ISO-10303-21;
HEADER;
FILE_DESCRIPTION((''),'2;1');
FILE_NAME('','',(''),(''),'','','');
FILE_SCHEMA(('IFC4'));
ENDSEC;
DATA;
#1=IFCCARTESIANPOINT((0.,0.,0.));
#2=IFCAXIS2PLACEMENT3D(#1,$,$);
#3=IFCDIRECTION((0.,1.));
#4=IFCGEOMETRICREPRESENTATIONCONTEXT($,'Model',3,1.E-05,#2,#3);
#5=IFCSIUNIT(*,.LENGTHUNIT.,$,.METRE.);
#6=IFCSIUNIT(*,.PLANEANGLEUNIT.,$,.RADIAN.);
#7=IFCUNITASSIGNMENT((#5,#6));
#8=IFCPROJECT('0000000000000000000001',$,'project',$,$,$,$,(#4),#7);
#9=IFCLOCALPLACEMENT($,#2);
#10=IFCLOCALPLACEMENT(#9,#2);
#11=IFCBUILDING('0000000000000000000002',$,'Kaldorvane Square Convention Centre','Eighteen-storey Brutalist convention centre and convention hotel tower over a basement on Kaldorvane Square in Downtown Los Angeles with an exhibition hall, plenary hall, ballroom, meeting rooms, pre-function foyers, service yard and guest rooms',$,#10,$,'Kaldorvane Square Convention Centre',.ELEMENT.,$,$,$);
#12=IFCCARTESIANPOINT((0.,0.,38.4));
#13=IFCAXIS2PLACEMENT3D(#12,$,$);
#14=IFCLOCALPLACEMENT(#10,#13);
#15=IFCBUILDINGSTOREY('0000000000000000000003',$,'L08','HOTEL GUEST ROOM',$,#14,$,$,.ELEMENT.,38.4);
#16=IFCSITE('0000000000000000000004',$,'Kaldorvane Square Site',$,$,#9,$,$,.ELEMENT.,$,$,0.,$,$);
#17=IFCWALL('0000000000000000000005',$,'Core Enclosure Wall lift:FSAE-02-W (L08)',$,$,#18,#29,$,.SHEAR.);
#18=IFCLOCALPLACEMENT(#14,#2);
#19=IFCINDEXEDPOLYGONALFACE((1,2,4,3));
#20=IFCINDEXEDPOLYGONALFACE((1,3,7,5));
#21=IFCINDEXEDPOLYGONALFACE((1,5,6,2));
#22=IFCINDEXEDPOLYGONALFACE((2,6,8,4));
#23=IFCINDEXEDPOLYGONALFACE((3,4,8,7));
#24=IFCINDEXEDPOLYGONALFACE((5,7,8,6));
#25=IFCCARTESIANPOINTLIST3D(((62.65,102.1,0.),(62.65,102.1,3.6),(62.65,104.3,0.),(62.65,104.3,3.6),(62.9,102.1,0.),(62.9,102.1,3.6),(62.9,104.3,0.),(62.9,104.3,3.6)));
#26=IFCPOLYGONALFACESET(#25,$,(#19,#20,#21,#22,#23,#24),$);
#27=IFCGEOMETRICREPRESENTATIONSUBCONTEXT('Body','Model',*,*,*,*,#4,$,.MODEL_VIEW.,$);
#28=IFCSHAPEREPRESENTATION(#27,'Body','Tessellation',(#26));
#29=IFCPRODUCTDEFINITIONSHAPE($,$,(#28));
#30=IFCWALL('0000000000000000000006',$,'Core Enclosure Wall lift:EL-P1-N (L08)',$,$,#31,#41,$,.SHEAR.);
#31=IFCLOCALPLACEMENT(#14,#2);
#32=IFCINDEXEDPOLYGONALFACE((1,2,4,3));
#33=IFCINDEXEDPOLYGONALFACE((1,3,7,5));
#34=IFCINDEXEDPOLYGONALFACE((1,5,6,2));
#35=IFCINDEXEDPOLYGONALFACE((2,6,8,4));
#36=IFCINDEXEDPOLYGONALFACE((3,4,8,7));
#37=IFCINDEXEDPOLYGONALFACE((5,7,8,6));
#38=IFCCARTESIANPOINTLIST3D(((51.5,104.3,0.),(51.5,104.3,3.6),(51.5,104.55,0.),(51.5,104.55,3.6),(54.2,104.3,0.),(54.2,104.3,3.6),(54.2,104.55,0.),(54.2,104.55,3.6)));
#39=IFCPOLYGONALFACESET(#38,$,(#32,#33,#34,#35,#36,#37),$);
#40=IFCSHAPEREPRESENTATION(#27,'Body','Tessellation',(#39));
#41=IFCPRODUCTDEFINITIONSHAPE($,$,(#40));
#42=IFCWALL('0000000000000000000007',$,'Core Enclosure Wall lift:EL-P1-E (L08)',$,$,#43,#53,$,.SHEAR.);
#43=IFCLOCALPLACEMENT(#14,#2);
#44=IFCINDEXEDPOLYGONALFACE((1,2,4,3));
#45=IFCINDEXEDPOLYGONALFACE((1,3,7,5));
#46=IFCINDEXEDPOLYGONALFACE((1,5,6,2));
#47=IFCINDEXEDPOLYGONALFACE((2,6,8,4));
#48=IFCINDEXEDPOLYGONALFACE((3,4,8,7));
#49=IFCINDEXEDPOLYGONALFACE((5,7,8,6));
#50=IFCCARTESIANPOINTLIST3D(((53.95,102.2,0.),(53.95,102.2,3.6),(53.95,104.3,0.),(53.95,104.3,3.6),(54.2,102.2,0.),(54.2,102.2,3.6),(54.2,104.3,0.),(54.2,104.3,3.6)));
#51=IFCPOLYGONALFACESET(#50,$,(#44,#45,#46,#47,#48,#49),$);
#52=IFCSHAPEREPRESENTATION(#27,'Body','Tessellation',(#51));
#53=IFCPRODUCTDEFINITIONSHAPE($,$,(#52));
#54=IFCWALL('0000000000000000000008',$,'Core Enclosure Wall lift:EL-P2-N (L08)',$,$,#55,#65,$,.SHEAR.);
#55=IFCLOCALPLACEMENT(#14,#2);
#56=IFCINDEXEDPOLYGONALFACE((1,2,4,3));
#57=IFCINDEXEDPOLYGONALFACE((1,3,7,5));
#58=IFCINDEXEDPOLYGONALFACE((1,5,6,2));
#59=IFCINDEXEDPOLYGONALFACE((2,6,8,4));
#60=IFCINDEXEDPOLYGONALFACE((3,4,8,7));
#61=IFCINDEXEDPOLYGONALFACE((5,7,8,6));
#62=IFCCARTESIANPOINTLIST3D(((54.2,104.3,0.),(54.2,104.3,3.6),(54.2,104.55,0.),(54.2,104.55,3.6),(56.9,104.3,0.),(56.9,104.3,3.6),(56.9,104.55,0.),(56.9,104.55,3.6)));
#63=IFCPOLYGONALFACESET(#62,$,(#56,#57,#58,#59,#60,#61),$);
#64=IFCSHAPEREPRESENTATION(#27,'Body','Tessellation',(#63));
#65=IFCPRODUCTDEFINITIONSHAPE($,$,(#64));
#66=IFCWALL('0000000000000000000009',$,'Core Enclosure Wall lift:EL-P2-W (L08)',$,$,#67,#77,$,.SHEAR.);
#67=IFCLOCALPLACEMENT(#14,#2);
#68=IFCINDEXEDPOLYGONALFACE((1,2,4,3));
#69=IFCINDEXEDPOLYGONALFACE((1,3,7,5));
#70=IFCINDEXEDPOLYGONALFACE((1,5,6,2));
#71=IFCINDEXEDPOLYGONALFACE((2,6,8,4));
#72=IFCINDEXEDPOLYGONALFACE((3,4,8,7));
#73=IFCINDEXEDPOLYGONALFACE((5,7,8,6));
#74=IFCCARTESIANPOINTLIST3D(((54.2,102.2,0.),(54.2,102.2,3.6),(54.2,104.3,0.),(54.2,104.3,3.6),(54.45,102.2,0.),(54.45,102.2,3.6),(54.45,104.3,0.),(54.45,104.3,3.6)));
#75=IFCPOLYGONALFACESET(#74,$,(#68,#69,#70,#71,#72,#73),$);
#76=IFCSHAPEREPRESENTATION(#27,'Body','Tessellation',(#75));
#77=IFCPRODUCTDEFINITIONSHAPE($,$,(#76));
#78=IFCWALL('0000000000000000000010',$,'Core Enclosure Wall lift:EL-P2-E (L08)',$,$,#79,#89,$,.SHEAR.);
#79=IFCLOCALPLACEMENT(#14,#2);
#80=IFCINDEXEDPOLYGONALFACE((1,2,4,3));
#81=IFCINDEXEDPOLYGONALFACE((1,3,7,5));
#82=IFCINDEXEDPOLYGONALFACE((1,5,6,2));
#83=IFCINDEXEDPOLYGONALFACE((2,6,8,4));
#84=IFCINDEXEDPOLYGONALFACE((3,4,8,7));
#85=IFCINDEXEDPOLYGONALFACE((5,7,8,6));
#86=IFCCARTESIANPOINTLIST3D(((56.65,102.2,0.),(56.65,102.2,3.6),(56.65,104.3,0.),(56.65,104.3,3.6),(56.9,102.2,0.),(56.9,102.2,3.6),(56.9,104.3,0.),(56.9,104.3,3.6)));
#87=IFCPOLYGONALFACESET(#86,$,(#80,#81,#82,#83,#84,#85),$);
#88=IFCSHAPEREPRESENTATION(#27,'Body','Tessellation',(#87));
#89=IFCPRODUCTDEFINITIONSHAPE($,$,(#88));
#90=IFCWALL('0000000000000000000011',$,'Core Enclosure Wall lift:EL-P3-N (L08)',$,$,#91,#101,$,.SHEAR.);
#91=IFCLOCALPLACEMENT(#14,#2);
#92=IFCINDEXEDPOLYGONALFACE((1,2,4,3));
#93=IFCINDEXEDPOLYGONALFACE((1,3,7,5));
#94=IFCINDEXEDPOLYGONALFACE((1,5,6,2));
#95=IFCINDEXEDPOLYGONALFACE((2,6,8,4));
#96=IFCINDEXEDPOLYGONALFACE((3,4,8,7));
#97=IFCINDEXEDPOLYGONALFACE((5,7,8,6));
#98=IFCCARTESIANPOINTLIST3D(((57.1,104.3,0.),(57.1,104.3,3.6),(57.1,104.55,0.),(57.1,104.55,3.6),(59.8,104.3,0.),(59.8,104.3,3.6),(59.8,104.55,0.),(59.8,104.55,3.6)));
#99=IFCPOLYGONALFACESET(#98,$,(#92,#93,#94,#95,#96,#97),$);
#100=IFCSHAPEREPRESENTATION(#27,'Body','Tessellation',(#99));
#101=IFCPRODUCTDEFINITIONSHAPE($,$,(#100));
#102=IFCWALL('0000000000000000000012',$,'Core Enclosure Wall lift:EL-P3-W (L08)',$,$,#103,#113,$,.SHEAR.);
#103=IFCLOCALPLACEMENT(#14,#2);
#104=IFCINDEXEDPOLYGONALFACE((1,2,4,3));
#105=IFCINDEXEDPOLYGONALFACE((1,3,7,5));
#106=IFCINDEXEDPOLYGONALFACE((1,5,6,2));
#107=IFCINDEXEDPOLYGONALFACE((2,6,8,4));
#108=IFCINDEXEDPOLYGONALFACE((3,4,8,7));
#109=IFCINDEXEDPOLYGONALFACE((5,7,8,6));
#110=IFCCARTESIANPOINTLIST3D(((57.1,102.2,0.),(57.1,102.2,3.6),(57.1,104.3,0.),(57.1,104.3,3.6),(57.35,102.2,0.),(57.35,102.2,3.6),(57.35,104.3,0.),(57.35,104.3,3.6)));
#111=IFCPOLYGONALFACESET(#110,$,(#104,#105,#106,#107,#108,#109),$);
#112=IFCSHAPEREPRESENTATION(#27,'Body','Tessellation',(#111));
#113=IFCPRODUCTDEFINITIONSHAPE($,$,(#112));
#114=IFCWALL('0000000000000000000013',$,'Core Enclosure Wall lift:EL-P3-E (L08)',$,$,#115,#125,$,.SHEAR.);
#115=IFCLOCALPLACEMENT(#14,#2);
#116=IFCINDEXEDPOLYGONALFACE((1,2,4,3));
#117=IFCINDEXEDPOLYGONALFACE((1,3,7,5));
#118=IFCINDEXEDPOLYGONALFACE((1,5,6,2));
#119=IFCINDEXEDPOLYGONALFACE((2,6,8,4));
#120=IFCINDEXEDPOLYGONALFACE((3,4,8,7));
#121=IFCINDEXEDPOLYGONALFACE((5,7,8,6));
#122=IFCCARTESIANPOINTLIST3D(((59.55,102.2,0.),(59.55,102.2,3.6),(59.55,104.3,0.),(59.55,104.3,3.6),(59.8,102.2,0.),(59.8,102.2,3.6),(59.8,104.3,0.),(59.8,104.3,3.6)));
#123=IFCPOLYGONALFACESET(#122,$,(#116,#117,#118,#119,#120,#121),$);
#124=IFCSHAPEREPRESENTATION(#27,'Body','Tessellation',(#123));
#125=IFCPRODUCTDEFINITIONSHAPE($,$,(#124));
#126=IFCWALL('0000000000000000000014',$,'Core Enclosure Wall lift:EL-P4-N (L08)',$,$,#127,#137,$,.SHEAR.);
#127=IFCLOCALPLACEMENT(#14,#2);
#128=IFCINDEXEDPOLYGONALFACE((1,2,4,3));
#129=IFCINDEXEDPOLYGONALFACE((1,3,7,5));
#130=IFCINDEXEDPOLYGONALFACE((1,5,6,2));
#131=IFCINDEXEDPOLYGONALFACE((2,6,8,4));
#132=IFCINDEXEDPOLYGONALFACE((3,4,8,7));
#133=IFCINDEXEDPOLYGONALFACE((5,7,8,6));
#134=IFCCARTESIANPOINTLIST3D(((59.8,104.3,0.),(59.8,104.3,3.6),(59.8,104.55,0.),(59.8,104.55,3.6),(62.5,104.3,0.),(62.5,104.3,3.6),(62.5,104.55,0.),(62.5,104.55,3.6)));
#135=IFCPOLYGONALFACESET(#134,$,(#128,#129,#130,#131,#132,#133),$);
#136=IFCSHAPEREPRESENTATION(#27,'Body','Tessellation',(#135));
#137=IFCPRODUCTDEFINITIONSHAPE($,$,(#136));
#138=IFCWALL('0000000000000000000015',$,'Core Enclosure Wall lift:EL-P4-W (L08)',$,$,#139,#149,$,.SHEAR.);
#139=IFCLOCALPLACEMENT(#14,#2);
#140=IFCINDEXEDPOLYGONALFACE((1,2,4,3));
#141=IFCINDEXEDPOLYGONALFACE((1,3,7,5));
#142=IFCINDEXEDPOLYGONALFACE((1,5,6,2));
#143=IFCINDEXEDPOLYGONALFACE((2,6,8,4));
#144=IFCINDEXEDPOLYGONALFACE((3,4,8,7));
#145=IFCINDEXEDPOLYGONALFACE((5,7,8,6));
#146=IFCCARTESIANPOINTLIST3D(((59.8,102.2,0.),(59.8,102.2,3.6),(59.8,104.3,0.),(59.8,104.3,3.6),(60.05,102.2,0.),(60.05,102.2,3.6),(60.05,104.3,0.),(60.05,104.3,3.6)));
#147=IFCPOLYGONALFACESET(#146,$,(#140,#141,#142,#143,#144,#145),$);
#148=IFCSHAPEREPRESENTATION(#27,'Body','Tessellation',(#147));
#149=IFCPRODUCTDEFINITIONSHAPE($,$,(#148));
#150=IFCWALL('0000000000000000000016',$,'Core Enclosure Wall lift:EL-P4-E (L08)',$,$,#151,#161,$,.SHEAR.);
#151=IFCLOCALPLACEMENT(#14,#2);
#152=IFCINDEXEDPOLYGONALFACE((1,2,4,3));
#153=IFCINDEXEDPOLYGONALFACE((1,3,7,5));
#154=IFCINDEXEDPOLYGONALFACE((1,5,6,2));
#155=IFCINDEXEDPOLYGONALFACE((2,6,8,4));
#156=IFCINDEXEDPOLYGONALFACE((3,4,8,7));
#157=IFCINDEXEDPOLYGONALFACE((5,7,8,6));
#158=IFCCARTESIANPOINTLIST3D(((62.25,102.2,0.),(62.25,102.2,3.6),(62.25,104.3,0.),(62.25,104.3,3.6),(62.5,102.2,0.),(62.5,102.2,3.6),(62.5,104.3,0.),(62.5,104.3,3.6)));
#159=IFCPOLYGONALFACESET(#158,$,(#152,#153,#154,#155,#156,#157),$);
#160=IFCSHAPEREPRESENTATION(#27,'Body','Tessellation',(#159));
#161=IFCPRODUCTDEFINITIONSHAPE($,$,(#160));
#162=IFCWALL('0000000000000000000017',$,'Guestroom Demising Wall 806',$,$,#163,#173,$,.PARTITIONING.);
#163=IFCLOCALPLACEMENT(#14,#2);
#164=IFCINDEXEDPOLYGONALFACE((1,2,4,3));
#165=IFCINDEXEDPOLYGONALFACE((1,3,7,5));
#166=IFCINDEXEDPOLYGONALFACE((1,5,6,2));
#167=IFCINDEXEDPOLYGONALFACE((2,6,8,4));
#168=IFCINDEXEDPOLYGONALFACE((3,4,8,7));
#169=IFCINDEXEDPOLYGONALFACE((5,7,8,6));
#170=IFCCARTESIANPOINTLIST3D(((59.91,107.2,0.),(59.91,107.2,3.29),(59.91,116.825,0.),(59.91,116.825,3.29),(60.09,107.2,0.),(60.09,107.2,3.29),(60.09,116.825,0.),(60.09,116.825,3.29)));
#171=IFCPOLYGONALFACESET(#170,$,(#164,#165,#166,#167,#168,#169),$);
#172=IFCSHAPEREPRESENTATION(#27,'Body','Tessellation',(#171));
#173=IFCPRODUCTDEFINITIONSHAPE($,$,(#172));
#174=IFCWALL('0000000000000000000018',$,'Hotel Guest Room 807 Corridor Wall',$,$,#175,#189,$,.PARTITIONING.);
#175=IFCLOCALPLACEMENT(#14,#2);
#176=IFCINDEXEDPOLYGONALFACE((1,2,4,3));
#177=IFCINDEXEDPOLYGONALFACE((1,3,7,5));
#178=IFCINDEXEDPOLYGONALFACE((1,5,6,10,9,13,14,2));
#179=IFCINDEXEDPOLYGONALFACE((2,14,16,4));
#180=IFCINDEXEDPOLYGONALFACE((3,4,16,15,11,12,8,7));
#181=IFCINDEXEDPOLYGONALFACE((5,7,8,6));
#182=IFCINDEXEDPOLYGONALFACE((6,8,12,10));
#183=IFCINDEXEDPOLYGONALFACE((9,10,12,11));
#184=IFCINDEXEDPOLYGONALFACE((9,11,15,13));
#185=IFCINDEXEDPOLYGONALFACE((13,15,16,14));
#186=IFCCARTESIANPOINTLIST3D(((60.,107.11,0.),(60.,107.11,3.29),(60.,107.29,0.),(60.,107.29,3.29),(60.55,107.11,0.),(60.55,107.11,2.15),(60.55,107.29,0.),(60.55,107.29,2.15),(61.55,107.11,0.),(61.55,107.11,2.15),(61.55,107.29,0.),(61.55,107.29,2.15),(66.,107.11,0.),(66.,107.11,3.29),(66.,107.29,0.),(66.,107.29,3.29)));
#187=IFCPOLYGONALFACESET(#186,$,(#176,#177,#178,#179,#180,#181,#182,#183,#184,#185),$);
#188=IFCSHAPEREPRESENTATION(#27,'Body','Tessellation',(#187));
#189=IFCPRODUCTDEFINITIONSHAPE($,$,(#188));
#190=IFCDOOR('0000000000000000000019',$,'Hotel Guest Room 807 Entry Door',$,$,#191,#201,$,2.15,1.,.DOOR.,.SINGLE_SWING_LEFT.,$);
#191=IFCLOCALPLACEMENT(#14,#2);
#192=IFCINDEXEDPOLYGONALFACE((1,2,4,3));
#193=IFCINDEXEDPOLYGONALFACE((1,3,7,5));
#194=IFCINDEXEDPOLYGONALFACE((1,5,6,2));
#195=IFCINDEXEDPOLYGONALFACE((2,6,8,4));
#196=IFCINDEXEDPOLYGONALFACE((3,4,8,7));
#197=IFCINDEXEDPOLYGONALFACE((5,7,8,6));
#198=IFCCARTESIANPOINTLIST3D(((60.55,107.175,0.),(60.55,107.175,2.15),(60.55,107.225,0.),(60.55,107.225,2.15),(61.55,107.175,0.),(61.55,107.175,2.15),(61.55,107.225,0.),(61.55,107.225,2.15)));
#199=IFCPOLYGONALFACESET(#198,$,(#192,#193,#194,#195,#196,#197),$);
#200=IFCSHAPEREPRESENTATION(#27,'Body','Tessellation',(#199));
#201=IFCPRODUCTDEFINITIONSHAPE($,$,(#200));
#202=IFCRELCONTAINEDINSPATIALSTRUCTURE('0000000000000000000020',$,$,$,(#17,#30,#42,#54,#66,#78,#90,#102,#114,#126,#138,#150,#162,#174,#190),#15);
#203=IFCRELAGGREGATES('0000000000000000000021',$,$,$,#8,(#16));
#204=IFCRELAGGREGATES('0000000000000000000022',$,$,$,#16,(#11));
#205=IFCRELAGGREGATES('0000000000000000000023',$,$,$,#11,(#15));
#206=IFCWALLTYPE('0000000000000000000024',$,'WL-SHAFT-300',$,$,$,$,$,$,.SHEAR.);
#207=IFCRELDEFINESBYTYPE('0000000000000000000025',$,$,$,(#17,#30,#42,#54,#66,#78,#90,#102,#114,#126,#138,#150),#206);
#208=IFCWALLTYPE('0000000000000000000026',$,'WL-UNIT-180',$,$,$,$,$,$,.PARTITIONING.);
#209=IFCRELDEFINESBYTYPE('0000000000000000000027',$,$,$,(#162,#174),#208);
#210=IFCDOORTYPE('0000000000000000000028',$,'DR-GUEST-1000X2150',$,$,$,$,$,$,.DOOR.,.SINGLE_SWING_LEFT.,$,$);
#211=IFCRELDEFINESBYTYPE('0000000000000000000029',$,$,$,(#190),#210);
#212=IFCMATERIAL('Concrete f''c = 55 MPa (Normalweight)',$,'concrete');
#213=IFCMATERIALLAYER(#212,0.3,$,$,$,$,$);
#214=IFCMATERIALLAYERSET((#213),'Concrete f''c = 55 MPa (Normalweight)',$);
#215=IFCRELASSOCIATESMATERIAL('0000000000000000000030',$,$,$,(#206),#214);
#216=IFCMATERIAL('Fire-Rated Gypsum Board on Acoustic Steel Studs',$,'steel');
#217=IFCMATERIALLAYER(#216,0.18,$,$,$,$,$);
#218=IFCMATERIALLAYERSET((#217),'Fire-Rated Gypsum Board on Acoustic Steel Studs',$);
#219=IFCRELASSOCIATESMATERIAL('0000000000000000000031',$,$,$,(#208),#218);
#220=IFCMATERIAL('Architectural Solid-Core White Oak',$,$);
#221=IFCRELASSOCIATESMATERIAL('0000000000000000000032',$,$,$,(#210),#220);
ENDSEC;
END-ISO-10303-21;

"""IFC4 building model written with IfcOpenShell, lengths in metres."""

from ifc_helpers import new_model, si_unit, direction, frame, frame_2d, origin, place, context, subcontext, project, spatial, rectangle, extrude, material, layer, layer_set, type_object, element, fill, save


model = new_model("IFC4")

# Units and contexts
model_context = context("Model", 3, precision=1e-05, world=origin(), true_north=direction((0.0, 1.0)))
body_context = subcontext(model_context, "Body", "Model", "MODEL_VIEW")
ifc_project = project(units=[si_unit("LENGTHUNIT", "METRE"), si_unit("PLANEANGLEUNIT", "RADIAN")], contexts=[model_context])

# Site, building, storey
site_placement = place(None, origin())
site = spatial("IfcSite", under=ifc_project, at=site_placement, Name="Kaldorvane Square Site", CompositionType="ELEMENT", RefElevation=0.0)
building_placement = place(site_placement, origin())
building = spatial("IfcBuilding", under=site, at=building_placement, Name="Kaldorvane Square Convention Centre", Description="Eighteen-storey Brutalist convention centre and convention hotel tower over a basement on Kaldorvane Square in Downtown Los Angeles with an exhibition hall, plenary hall, ballroom, meeting rooms, pre-function foyers, service yard and guest rooms", LongName="Kaldorvane Square Convention Centre", CompositionType="ELEMENT")
storey_placement = place(building_placement, frame((0.0, 0.0, 38.4)))
storey = spatial("IfcBuildingStorey", under=building, at=storey_placement, Name="L08", Description="HOTEL GUEST ROOM", CompositionType="ELEMENT", Elevation=38.4)

# Shared definitions
ifc_material_1 = material(Name="Fire-Rated Gypsum Board on Acoustic Steel Studs", Category="steel")
ifc_material_2 = material(Name="Architectural Solid-Core White Oak")

# Walls
ifc_material_3 = material(Name="Concrete f'c = 55 MPa (Normalweight)", Category="concrete")
ifc_layer_1 = layer(ifc_material_3, 0.3)
ifc_layer_set_1 = layer_set([ifc_layer_1], Name="Concrete f'c = 55 MPa (Normalweight)")
wall_type_1 = type_object("IfcWallType", Name="WL-SHAFT-300", PredefinedType="SHEAR", material=ifc_layer_set_1)
wall_1_placement = place(storey_placement, frame((62.775, 104.3, 0.0), z_axis=(0.0, 0.0, 1.0), x_axis=(0.0, -1.0, 0.0)))
element("IfcWall", 1, at=wall_1_placement, inside=storey, type_object=wall_type_1, Name="Core Enclosure Wall lift:FSAE-02-W (L08)", PredefinedType="SHEAR", context=body_context, shape_type="SweptSolid", body=[
    extrude(rectangle(XDim=2.2, YDim=0.25, at=frame_2d((1.1, 0.0))), origin(), (0.0, 0.0, 1.0), 3.6),
])
wall_2_placement = place(storey_placement, frame((54.2, 104.425, 0.0), z_axis=(0.0, 0.0, 1.0), x_axis=(-1.0, 0.0, 0.0)))
element("IfcWall", 2, at=wall_2_placement, inside=storey, type_object=wall_type_1, Name="Core Enclosure Wall lift:EL-P1-N (L08)", PredefinedType="SHEAR", context=body_context, shape_type="SweptSolid", body=[
    extrude(rectangle(XDim=2.7, YDim=0.25, at=frame_2d((1.35, 0.0))), origin(), (0.0, 0.0, 1.0), 3.6),
])
wall_3_placement = place(storey_placement, frame((54.075, 102.2, 0.0), z_axis=(0.0, 0.0, 1.0), x_axis=(0.0, 1.0, 0.0)))
element("IfcWall", 3, at=wall_3_placement, inside=storey, type_object=wall_type_1, Name="Core Enclosure Wall lift:EL-P1-E (L08)", PredefinedType="SHEAR", context=body_context, shape_type="SweptSolid", body=[
    extrude(rectangle(XDim=2.1, YDim=0.25, at=frame_2d((1.05, 0.0))), origin(), (0.0, 0.0, 1.0), 3.6),
])
wall_4_placement = place(storey_placement, frame((56.9, 104.425, 0.0), z_axis=(0.0, 0.0, 1.0), x_axis=(-1.0, 0.0, 0.0)))
element("IfcWall", 4, at=wall_4_placement, inside=storey, type_object=wall_type_1, Name="Core Enclosure Wall lift:EL-P2-N (L08)", PredefinedType="SHEAR", context=body_context, shape_type="SweptSolid", body=[
    extrude(rectangle(XDim=2.7, YDim=0.25, at=frame_2d((1.35, 0.0))), origin(), (0.0, 0.0, 1.0), 3.6),
])
for number, where, z_axis, x_axis, name in (
    (5, (54.325, 104.3, 0.0), (0.0, 0.0, 1.0), (0.0, -1.0, 0.0), "Core Enclosure Wall lift:EL-P2-W (L08)"),
    (6, (56.775, 102.2, 0.0), (0.0, 0.0, 1.0), (0.0, 1.0, 0.0), "Core Enclosure Wall lift:EL-P2-E (L08)"),
):
    element("IfcWall", number, at=place(storey_placement, frame(where, z_axis=z_axis, x_axis=x_axis)), inside=storey, type_object=wall_type_1, Name=name, PredefinedType="SHEAR", context=body_context, shape_type="SweptSolid", body=[
        extrude(rectangle(XDim=2.1, YDim=0.25, at=frame_2d((1.05, 0.0))), origin(), (0.0, 0.0, 1.0), 3.6),
    ])
wall_5_placement = place(storey_placement, frame((59.8, 104.425, 0.0), z_axis=(0.0, 0.0, 1.0), x_axis=(-1.0, 0.0, 0.0)))
element("IfcWall", 7, at=wall_5_placement, inside=storey, type_object=wall_type_1, Name="Core Enclosure Wall lift:EL-P3-N (L08)", PredefinedType="SHEAR", context=body_context, shape_type="SweptSolid", body=[
    extrude(rectangle(XDim=2.7, YDim=0.25, at=frame_2d((1.35, 0.0))), origin(), (0.0, 0.0, 1.0), 3.6),
])
for number, where, z_axis, x_axis, name in (
    (8, (57.225, 104.3, 0.0), (0.0, 0.0, 1.0), (0.0, -1.0, 0.0), "Core Enclosure Wall lift:EL-P3-W (L08)"),
    (9, (59.675, 102.2, 0.0), (0.0, 0.0, 1.0), (0.0, 1.0, 0.0), "Core Enclosure Wall lift:EL-P3-E (L08)"),
):
    element("IfcWall", number, at=place(storey_placement, frame(where, z_axis=z_axis, x_axis=x_axis)), inside=storey, type_object=wall_type_1, Name=name, PredefinedType="SHEAR", context=body_context, shape_type="SweptSolid", body=[
        extrude(rectangle(XDim=2.1, YDim=0.25, at=frame_2d((1.05, 0.0))), origin(), (0.0, 0.0, 1.0), 3.6),
    ])
wall_6_placement = place(storey_placement, frame((62.5, 104.425, 0.0), z_axis=(0.0, 0.0, 1.0), x_axis=(-1.0, 0.0, 0.0)))
element("IfcWall", 10, at=wall_6_placement, inside=storey, type_object=wall_type_1, Name="Core Enclosure Wall lift:EL-P4-N (L08)", PredefinedType="SHEAR", context=body_context, shape_type="SweptSolid", body=[
    extrude(rectangle(XDim=2.7, YDim=0.25, at=frame_2d((1.35, 0.0))), origin(), (0.0, 0.0, 1.0), 3.6),
])
for number, where, z_axis, x_axis, name in (
    (11, (59.925, 104.3, 0.0), (0.0, 0.0, 1.0), (0.0, -1.0, 0.0), "Core Enclosure Wall lift:EL-P4-W (L08)"),
    (12, (62.375, 102.2, 0.0), (0.0, 0.0, 1.0), (0.0, 1.0, 0.0), "Core Enclosure Wall lift:EL-P4-E (L08)"),
):
    element("IfcWall", number, at=place(storey_placement, frame(where, z_axis=z_axis, x_axis=x_axis)), inside=storey, type_object=wall_type_1, Name=name, PredefinedType="SHEAR", context=body_context, shape_type="SweptSolid", body=[
        extrude(rectangle(XDim=2.1, YDim=0.25, at=frame_2d((1.05, 0.0))), origin(), (0.0, 0.0, 1.0), 3.6),
    ])
ifc_layer_2 = layer(ifc_material_1, 0.18)
ifc_layer_set_2 = layer_set([ifc_layer_2], Name="Fire-Rated Gypsum Board on Acoustic Steel Studs")
wall_type_2 = type_object("IfcWallType", Name="WL-UNIT-180", PredefinedType="PARTITIONING", material=ifc_layer_set_2)
wall_7_placement = place(storey_placement, frame((60.0, 107.2, 0.0), z_axis=(0.0, 0.0, 1.0), x_axis=(0.0, 1.0, 0.0)))
element("IfcWall", 13, at=wall_7_placement, inside=storey, type_object=wall_type_2, Name="Guestroom Demising Wall 806", PredefinedType="PARTITIONING", context=body_context, shape_type="SweptSolid", body=[
    extrude(rectangle(XDim=9.625, YDim=0.18, at=frame_2d((4.8125, 0.0))), origin(), (0.0, 0.0, 1.0), 3.29),
])

# Wall, opening, door
wall_8_placement = place(storey_placement, frame((60.0, 107.2, 0.0), z_axis=(0.0, 0.0, 1.0), x_axis=(1.0, 0.0, 0.0)))
wall_8 = element("IfcWall", 14, at=wall_8_placement, inside=storey, type_object=wall_type_2, Name="Hotel Guest Room 807 Corridor Wall", PredefinedType="PARTITIONING", context=body_context, shape_type="SweptSolid", body=[
    extrude(rectangle(XDim=6.0, YDim=0.18, at=frame_2d((3.0, 0.0))), origin(), (0.0, 0.0, 1.0), 3.29),
])
opening_1_placement = place(wall_8_placement, frame((0.55, 0.0, 0.0)))
opening_1 = element("IfcOpeningElement", 15, at=opening_1_placement, cuts=wall_8, PredefinedType="OPENING", context=body_context, shape_type="SweptSolid", body=[
    extrude(rectangle(XDim=1.0, YDim=2.15, at=frame_2d((0.5, 1.075))), frame((0.0, 0.105, 0.0), z_axis=(0.0, -1.0, 0.0), x_axis=(1.0, 0.0, 0.0)), (0.0, 0.0, 1.0), 0.21),
])
door_type_1 = type_object("IfcDoorType", Name="DR-GUEST-1000X2150", OperationType="SINGLE_SWING_LEFT", PredefinedType="DOOR", material=ifc_material_2)
door_1_placement = place(opening_1_placement, origin())
door_1 = element("IfcDoor", 16, at=door_1_placement, inside=storey, type_object=door_type_1, Name="Hotel Guest Room 807 Entry Door", OperationType="SINGLE_SWING_LEFT", OverallHeight=2.15, OverallWidth=1.0, PredefinedType="DOOR", context=body_context, shape_type="SweptSolid", body=[
    extrude(rectangle(XDim=1.0, YDim=2.15, at=frame_2d((0.5, 1.075))), frame((0.0, 0.025, 0.0), z_axis=(0.0, -1.0, 0.0), x_axis=(1.0, 0.0, 0.0)), (0.0, 0.0, 1.0), 0.05),
])
fill(opening_1, door_1)

save(model, "model.ifc")
